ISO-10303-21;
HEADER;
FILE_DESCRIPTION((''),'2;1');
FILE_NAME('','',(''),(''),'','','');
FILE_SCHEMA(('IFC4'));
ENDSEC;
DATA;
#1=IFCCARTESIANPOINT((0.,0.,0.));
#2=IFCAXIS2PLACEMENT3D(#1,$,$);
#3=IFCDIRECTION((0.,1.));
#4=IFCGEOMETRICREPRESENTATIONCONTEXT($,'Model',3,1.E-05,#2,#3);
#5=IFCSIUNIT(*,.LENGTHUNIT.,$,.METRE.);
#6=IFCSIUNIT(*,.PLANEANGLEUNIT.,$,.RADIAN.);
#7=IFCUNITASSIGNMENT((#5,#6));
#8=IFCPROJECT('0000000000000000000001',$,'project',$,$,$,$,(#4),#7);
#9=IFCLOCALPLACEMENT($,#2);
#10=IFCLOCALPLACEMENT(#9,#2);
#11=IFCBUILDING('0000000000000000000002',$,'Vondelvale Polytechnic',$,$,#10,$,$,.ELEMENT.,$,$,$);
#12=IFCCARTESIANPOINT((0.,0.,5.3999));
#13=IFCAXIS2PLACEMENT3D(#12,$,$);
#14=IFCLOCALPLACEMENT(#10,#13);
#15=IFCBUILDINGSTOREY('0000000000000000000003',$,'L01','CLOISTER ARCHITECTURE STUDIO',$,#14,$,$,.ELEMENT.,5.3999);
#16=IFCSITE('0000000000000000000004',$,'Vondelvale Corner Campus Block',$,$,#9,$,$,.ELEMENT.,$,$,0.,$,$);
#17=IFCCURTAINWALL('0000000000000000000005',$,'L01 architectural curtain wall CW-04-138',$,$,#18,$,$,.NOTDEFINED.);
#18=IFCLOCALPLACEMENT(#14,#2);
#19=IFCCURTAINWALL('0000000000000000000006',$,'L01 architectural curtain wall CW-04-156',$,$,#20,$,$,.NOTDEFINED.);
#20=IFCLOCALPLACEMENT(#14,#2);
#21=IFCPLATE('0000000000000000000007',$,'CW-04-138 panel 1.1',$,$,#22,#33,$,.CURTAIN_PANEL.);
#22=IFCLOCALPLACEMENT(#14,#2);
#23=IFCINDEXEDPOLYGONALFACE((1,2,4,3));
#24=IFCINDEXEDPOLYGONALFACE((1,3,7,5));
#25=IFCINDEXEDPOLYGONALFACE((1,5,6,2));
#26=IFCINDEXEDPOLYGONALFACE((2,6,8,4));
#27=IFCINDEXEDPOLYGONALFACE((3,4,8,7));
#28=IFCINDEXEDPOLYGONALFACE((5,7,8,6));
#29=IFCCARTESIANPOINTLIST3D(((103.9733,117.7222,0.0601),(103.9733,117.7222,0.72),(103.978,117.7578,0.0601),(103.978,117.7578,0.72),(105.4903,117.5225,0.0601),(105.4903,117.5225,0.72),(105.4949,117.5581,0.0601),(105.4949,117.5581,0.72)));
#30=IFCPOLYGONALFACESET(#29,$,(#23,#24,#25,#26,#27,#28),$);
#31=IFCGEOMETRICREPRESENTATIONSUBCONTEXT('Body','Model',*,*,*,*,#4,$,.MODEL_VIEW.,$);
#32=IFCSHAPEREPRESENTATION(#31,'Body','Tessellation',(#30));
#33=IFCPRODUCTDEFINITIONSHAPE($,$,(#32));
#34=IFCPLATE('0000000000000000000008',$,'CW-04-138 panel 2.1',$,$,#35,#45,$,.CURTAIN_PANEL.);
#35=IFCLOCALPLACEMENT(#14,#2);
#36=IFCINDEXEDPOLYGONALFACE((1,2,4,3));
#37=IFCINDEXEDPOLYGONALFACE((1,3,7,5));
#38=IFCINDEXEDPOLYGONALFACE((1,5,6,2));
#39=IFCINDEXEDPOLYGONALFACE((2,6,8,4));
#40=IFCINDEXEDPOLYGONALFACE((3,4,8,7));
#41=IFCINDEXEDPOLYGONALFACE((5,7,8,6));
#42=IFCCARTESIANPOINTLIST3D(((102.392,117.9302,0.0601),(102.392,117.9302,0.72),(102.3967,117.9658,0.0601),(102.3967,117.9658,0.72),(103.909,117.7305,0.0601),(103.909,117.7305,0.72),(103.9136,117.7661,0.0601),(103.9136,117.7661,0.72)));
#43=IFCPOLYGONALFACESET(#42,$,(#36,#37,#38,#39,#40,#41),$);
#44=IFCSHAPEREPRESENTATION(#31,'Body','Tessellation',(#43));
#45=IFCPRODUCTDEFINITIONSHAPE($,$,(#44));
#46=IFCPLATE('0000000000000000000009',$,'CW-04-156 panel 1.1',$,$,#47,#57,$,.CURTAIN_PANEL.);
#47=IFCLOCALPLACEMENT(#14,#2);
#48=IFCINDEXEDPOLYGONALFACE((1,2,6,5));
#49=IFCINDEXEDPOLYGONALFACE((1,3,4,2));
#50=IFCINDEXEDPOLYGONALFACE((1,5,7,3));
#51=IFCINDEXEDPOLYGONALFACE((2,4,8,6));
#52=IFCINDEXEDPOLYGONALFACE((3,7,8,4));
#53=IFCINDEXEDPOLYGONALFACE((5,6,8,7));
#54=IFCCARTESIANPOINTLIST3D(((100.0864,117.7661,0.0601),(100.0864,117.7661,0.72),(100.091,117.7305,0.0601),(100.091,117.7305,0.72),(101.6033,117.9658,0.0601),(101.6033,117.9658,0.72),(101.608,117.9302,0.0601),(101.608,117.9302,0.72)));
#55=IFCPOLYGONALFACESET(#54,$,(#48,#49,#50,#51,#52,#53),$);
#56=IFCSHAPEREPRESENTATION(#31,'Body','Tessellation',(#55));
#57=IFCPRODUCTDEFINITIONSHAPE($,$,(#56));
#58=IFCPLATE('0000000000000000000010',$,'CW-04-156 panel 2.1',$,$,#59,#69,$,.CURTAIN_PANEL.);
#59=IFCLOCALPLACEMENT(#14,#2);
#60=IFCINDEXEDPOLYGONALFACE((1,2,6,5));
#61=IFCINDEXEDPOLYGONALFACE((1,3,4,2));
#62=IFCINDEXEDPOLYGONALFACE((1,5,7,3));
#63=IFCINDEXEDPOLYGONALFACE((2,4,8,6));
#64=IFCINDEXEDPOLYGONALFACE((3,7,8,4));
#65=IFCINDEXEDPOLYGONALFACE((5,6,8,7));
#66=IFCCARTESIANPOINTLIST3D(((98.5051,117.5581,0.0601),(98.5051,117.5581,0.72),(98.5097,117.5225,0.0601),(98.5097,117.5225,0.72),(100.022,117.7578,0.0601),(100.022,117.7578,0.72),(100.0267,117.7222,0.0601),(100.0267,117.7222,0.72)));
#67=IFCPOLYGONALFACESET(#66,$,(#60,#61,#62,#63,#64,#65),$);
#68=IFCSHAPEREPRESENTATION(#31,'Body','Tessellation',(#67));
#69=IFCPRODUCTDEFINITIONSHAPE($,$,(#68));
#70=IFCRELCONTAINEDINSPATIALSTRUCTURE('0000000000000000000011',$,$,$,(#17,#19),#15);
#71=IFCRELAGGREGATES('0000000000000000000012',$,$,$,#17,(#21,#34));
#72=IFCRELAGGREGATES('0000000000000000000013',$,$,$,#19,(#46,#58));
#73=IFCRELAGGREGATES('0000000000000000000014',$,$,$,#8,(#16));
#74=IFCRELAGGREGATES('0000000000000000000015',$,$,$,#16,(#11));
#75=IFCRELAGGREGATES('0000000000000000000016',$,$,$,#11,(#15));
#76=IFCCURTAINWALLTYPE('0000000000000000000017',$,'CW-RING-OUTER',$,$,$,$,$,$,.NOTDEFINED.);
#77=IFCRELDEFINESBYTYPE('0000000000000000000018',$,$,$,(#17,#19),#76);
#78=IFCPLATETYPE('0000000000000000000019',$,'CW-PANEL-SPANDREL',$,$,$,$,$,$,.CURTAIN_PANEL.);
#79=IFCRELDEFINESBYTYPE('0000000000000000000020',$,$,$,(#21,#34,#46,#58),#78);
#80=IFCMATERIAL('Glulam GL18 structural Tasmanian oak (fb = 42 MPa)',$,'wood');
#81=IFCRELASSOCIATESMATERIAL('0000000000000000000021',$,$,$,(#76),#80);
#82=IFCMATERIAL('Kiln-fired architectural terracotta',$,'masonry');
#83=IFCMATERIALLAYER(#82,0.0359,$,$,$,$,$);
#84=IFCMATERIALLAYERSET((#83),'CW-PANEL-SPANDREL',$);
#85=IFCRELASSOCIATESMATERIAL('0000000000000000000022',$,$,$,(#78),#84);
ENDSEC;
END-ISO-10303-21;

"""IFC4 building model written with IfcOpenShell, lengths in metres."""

from ifc_helpers import new_model, si_unit, direction, frame, origin, origin_2d, place, context, subcontext, project, spatial, rectangle, extrude, material, layer, layer_set, type_object, element, aggregate, save


model = new_model("IFC4")

# Units and contexts
model_context = context("Model", 3, precision=1e-05, world=origin(), true_north=direction((0.0, 1.0)))
body_context = subcontext(model_context, "Body", "Model", "MODEL_VIEW")
ifc_project = project(units=[si_unit("LENGTHUNIT", "METRE"), si_unit("PLANEANGLEUNIT", "RADIAN")], contexts=[model_context])

# Site, building, storey
site_placement = place(None, origin())
site = spatial("IfcSite", under=ifc_project, at=site_placement, Name="Vondelvale Corner Campus Block", CompositionType="ELEMENT", RefElevation=0.0)
building_placement = place(site_placement, origin())
building = spatial("IfcBuilding", under=site, at=building_placement, Name="Vondelvale Polytechnic", CompositionType="ELEMENT")
storey_placement = place(building_placement, frame((0.0, 0.0, 5.3999)))
storey = spatial("IfcBuildingStorey", under=building, at=storey_placement, Name="L01", Description="CLOISTER ARCHITECTURE STUDIO", CompositionType="ELEMENT", Elevation=5.3999)

# Curtain walls
ifc_material_1 = material(Name="Glulam GL18 structural Tasmanian oak (fb = 42 MPa)", Category="wood")
curtain_wall_type = type_object("IfcCurtainWallType", Name="CW-RING-OUTER", PredefinedType="NOTDEFINED", material=ifc_material_1)
curtain_wall_1_placement = place(storey_placement, origin())
curtain_wall_1 = element("IfcCurtainWall", 1, at=curtain_wall_1_placement, inside=storey, type_object=curtain_wall_type, Name="L01 architectural curtain wall CW-04-138", PredefinedType="NOTDEFINED")
curtain_wall_2_placement = place(storey_placement, origin())
curtain_wall_2 = element("IfcCurtainWall", 2, at=curtain_wall_2_placement, inside=storey, type_object=curtain_wall_type, Name="L01 architectural curtain wall CW-04-156", PredefinedType="NOTDEFINED")

# Plates
ifc_material_2 = material(Name="Kiln-fired architectural terracotta", Category="masonry")
ifc_layer_1 = layer(ifc_material_2, 0.0359)
ifc_layer_set_1 = layer_set([ifc_layer_1], Name="CW-PANEL-SPANDREL")
plate_type_1 = type_object("IfcPlateType", Name="CW-PANEL-SPANDREL", PredefinedType="CURTAIN_PANEL", material=ifc_layer_set_1)
plate_1_placement = place(storey_placement, frame((104.7341, 117.6401, 0.0601), z_axis=(0.0, 0.0, 1.0), x_axis=(-0.991443, 0.13054, 0.0)))
plate_1 = element("IfcPlate", 3, at=plate_1_placement, type_object=plate_type_1, Name="CW-04-138 panel 1.1", PredefinedType="CURTAIN_PANEL", context=body_context, shape_type="SweptSolid", body=[
    extrude(rectangle(XDim=1.53, YDim=0.0359, at=origin_2d()), origin(), (0.0, 0.0, 1.0), 0.6599),
])
plate_2_placement = place(storey_placement, frame((103.1528, 117.8481, 0.0601), z_axis=(0.0, 0.0, 1.0), x_axis=(-0.991443, 0.13054, 0.0)))
plate_2 = element("IfcPlate", 4, at=plate_2_placement, type_object=plate_type_1, Name="CW-04-138 panel 2.1", PredefinedType="CURTAIN_PANEL", context=body_context, shape_type="SweptSolid", body=[
    extrude(rectangle(XDim=1.53, YDim=0.0359, at=origin_2d()), origin(), (0.0, 0.0, 1.0), 0.6599),
])
aggregate(curtain_wall_1, [plate_1, plate_2])
plate_3_placement = place(storey_placement, frame((100.8472, 117.8481, 0.0601), z_axis=(0.0, 0.0, 1.0), x_axis=(-0.991443, -0.13054, 0.0)))
plate_3 = element("IfcPlate", 5, at=plate_3_placement, type_object=plate_type_1, Name="CW-04-156 panel 1.1", PredefinedType="CURTAIN_PANEL", context=body_context, shape_type="SweptSolid", body=[
    extrude(rectangle(XDim=1.53, YDim=0.0359, at=origin_2d()), origin(), (0.0, 0.0, 1.0), 0.6599),
])
plate_4_placement = place(storey_placement, frame((99.2659, 117.6401, 0.0601), z_axis=(0.0, 0.0, 1.0), x_axis=(-0.991443, -0.13054, 0.0)))
plate_4 = element("IfcPlate", 6, at=plate_4_placement, type_object=plate_type_1, Name="CW-04-156 panel 2.1", PredefinedType="CURTAIN_PANEL", context=body_context, shape_type="SweptSolid", body=[
    extrude(rectangle(XDim=1.53, YDim=0.0359, at=origin_2d()), origin(), (0.0, 0.0, 1.0), 0.6599),
])
aggregate(curtain_wall_2, [plate_3, plate_4])

save(model, "model.ifc")
